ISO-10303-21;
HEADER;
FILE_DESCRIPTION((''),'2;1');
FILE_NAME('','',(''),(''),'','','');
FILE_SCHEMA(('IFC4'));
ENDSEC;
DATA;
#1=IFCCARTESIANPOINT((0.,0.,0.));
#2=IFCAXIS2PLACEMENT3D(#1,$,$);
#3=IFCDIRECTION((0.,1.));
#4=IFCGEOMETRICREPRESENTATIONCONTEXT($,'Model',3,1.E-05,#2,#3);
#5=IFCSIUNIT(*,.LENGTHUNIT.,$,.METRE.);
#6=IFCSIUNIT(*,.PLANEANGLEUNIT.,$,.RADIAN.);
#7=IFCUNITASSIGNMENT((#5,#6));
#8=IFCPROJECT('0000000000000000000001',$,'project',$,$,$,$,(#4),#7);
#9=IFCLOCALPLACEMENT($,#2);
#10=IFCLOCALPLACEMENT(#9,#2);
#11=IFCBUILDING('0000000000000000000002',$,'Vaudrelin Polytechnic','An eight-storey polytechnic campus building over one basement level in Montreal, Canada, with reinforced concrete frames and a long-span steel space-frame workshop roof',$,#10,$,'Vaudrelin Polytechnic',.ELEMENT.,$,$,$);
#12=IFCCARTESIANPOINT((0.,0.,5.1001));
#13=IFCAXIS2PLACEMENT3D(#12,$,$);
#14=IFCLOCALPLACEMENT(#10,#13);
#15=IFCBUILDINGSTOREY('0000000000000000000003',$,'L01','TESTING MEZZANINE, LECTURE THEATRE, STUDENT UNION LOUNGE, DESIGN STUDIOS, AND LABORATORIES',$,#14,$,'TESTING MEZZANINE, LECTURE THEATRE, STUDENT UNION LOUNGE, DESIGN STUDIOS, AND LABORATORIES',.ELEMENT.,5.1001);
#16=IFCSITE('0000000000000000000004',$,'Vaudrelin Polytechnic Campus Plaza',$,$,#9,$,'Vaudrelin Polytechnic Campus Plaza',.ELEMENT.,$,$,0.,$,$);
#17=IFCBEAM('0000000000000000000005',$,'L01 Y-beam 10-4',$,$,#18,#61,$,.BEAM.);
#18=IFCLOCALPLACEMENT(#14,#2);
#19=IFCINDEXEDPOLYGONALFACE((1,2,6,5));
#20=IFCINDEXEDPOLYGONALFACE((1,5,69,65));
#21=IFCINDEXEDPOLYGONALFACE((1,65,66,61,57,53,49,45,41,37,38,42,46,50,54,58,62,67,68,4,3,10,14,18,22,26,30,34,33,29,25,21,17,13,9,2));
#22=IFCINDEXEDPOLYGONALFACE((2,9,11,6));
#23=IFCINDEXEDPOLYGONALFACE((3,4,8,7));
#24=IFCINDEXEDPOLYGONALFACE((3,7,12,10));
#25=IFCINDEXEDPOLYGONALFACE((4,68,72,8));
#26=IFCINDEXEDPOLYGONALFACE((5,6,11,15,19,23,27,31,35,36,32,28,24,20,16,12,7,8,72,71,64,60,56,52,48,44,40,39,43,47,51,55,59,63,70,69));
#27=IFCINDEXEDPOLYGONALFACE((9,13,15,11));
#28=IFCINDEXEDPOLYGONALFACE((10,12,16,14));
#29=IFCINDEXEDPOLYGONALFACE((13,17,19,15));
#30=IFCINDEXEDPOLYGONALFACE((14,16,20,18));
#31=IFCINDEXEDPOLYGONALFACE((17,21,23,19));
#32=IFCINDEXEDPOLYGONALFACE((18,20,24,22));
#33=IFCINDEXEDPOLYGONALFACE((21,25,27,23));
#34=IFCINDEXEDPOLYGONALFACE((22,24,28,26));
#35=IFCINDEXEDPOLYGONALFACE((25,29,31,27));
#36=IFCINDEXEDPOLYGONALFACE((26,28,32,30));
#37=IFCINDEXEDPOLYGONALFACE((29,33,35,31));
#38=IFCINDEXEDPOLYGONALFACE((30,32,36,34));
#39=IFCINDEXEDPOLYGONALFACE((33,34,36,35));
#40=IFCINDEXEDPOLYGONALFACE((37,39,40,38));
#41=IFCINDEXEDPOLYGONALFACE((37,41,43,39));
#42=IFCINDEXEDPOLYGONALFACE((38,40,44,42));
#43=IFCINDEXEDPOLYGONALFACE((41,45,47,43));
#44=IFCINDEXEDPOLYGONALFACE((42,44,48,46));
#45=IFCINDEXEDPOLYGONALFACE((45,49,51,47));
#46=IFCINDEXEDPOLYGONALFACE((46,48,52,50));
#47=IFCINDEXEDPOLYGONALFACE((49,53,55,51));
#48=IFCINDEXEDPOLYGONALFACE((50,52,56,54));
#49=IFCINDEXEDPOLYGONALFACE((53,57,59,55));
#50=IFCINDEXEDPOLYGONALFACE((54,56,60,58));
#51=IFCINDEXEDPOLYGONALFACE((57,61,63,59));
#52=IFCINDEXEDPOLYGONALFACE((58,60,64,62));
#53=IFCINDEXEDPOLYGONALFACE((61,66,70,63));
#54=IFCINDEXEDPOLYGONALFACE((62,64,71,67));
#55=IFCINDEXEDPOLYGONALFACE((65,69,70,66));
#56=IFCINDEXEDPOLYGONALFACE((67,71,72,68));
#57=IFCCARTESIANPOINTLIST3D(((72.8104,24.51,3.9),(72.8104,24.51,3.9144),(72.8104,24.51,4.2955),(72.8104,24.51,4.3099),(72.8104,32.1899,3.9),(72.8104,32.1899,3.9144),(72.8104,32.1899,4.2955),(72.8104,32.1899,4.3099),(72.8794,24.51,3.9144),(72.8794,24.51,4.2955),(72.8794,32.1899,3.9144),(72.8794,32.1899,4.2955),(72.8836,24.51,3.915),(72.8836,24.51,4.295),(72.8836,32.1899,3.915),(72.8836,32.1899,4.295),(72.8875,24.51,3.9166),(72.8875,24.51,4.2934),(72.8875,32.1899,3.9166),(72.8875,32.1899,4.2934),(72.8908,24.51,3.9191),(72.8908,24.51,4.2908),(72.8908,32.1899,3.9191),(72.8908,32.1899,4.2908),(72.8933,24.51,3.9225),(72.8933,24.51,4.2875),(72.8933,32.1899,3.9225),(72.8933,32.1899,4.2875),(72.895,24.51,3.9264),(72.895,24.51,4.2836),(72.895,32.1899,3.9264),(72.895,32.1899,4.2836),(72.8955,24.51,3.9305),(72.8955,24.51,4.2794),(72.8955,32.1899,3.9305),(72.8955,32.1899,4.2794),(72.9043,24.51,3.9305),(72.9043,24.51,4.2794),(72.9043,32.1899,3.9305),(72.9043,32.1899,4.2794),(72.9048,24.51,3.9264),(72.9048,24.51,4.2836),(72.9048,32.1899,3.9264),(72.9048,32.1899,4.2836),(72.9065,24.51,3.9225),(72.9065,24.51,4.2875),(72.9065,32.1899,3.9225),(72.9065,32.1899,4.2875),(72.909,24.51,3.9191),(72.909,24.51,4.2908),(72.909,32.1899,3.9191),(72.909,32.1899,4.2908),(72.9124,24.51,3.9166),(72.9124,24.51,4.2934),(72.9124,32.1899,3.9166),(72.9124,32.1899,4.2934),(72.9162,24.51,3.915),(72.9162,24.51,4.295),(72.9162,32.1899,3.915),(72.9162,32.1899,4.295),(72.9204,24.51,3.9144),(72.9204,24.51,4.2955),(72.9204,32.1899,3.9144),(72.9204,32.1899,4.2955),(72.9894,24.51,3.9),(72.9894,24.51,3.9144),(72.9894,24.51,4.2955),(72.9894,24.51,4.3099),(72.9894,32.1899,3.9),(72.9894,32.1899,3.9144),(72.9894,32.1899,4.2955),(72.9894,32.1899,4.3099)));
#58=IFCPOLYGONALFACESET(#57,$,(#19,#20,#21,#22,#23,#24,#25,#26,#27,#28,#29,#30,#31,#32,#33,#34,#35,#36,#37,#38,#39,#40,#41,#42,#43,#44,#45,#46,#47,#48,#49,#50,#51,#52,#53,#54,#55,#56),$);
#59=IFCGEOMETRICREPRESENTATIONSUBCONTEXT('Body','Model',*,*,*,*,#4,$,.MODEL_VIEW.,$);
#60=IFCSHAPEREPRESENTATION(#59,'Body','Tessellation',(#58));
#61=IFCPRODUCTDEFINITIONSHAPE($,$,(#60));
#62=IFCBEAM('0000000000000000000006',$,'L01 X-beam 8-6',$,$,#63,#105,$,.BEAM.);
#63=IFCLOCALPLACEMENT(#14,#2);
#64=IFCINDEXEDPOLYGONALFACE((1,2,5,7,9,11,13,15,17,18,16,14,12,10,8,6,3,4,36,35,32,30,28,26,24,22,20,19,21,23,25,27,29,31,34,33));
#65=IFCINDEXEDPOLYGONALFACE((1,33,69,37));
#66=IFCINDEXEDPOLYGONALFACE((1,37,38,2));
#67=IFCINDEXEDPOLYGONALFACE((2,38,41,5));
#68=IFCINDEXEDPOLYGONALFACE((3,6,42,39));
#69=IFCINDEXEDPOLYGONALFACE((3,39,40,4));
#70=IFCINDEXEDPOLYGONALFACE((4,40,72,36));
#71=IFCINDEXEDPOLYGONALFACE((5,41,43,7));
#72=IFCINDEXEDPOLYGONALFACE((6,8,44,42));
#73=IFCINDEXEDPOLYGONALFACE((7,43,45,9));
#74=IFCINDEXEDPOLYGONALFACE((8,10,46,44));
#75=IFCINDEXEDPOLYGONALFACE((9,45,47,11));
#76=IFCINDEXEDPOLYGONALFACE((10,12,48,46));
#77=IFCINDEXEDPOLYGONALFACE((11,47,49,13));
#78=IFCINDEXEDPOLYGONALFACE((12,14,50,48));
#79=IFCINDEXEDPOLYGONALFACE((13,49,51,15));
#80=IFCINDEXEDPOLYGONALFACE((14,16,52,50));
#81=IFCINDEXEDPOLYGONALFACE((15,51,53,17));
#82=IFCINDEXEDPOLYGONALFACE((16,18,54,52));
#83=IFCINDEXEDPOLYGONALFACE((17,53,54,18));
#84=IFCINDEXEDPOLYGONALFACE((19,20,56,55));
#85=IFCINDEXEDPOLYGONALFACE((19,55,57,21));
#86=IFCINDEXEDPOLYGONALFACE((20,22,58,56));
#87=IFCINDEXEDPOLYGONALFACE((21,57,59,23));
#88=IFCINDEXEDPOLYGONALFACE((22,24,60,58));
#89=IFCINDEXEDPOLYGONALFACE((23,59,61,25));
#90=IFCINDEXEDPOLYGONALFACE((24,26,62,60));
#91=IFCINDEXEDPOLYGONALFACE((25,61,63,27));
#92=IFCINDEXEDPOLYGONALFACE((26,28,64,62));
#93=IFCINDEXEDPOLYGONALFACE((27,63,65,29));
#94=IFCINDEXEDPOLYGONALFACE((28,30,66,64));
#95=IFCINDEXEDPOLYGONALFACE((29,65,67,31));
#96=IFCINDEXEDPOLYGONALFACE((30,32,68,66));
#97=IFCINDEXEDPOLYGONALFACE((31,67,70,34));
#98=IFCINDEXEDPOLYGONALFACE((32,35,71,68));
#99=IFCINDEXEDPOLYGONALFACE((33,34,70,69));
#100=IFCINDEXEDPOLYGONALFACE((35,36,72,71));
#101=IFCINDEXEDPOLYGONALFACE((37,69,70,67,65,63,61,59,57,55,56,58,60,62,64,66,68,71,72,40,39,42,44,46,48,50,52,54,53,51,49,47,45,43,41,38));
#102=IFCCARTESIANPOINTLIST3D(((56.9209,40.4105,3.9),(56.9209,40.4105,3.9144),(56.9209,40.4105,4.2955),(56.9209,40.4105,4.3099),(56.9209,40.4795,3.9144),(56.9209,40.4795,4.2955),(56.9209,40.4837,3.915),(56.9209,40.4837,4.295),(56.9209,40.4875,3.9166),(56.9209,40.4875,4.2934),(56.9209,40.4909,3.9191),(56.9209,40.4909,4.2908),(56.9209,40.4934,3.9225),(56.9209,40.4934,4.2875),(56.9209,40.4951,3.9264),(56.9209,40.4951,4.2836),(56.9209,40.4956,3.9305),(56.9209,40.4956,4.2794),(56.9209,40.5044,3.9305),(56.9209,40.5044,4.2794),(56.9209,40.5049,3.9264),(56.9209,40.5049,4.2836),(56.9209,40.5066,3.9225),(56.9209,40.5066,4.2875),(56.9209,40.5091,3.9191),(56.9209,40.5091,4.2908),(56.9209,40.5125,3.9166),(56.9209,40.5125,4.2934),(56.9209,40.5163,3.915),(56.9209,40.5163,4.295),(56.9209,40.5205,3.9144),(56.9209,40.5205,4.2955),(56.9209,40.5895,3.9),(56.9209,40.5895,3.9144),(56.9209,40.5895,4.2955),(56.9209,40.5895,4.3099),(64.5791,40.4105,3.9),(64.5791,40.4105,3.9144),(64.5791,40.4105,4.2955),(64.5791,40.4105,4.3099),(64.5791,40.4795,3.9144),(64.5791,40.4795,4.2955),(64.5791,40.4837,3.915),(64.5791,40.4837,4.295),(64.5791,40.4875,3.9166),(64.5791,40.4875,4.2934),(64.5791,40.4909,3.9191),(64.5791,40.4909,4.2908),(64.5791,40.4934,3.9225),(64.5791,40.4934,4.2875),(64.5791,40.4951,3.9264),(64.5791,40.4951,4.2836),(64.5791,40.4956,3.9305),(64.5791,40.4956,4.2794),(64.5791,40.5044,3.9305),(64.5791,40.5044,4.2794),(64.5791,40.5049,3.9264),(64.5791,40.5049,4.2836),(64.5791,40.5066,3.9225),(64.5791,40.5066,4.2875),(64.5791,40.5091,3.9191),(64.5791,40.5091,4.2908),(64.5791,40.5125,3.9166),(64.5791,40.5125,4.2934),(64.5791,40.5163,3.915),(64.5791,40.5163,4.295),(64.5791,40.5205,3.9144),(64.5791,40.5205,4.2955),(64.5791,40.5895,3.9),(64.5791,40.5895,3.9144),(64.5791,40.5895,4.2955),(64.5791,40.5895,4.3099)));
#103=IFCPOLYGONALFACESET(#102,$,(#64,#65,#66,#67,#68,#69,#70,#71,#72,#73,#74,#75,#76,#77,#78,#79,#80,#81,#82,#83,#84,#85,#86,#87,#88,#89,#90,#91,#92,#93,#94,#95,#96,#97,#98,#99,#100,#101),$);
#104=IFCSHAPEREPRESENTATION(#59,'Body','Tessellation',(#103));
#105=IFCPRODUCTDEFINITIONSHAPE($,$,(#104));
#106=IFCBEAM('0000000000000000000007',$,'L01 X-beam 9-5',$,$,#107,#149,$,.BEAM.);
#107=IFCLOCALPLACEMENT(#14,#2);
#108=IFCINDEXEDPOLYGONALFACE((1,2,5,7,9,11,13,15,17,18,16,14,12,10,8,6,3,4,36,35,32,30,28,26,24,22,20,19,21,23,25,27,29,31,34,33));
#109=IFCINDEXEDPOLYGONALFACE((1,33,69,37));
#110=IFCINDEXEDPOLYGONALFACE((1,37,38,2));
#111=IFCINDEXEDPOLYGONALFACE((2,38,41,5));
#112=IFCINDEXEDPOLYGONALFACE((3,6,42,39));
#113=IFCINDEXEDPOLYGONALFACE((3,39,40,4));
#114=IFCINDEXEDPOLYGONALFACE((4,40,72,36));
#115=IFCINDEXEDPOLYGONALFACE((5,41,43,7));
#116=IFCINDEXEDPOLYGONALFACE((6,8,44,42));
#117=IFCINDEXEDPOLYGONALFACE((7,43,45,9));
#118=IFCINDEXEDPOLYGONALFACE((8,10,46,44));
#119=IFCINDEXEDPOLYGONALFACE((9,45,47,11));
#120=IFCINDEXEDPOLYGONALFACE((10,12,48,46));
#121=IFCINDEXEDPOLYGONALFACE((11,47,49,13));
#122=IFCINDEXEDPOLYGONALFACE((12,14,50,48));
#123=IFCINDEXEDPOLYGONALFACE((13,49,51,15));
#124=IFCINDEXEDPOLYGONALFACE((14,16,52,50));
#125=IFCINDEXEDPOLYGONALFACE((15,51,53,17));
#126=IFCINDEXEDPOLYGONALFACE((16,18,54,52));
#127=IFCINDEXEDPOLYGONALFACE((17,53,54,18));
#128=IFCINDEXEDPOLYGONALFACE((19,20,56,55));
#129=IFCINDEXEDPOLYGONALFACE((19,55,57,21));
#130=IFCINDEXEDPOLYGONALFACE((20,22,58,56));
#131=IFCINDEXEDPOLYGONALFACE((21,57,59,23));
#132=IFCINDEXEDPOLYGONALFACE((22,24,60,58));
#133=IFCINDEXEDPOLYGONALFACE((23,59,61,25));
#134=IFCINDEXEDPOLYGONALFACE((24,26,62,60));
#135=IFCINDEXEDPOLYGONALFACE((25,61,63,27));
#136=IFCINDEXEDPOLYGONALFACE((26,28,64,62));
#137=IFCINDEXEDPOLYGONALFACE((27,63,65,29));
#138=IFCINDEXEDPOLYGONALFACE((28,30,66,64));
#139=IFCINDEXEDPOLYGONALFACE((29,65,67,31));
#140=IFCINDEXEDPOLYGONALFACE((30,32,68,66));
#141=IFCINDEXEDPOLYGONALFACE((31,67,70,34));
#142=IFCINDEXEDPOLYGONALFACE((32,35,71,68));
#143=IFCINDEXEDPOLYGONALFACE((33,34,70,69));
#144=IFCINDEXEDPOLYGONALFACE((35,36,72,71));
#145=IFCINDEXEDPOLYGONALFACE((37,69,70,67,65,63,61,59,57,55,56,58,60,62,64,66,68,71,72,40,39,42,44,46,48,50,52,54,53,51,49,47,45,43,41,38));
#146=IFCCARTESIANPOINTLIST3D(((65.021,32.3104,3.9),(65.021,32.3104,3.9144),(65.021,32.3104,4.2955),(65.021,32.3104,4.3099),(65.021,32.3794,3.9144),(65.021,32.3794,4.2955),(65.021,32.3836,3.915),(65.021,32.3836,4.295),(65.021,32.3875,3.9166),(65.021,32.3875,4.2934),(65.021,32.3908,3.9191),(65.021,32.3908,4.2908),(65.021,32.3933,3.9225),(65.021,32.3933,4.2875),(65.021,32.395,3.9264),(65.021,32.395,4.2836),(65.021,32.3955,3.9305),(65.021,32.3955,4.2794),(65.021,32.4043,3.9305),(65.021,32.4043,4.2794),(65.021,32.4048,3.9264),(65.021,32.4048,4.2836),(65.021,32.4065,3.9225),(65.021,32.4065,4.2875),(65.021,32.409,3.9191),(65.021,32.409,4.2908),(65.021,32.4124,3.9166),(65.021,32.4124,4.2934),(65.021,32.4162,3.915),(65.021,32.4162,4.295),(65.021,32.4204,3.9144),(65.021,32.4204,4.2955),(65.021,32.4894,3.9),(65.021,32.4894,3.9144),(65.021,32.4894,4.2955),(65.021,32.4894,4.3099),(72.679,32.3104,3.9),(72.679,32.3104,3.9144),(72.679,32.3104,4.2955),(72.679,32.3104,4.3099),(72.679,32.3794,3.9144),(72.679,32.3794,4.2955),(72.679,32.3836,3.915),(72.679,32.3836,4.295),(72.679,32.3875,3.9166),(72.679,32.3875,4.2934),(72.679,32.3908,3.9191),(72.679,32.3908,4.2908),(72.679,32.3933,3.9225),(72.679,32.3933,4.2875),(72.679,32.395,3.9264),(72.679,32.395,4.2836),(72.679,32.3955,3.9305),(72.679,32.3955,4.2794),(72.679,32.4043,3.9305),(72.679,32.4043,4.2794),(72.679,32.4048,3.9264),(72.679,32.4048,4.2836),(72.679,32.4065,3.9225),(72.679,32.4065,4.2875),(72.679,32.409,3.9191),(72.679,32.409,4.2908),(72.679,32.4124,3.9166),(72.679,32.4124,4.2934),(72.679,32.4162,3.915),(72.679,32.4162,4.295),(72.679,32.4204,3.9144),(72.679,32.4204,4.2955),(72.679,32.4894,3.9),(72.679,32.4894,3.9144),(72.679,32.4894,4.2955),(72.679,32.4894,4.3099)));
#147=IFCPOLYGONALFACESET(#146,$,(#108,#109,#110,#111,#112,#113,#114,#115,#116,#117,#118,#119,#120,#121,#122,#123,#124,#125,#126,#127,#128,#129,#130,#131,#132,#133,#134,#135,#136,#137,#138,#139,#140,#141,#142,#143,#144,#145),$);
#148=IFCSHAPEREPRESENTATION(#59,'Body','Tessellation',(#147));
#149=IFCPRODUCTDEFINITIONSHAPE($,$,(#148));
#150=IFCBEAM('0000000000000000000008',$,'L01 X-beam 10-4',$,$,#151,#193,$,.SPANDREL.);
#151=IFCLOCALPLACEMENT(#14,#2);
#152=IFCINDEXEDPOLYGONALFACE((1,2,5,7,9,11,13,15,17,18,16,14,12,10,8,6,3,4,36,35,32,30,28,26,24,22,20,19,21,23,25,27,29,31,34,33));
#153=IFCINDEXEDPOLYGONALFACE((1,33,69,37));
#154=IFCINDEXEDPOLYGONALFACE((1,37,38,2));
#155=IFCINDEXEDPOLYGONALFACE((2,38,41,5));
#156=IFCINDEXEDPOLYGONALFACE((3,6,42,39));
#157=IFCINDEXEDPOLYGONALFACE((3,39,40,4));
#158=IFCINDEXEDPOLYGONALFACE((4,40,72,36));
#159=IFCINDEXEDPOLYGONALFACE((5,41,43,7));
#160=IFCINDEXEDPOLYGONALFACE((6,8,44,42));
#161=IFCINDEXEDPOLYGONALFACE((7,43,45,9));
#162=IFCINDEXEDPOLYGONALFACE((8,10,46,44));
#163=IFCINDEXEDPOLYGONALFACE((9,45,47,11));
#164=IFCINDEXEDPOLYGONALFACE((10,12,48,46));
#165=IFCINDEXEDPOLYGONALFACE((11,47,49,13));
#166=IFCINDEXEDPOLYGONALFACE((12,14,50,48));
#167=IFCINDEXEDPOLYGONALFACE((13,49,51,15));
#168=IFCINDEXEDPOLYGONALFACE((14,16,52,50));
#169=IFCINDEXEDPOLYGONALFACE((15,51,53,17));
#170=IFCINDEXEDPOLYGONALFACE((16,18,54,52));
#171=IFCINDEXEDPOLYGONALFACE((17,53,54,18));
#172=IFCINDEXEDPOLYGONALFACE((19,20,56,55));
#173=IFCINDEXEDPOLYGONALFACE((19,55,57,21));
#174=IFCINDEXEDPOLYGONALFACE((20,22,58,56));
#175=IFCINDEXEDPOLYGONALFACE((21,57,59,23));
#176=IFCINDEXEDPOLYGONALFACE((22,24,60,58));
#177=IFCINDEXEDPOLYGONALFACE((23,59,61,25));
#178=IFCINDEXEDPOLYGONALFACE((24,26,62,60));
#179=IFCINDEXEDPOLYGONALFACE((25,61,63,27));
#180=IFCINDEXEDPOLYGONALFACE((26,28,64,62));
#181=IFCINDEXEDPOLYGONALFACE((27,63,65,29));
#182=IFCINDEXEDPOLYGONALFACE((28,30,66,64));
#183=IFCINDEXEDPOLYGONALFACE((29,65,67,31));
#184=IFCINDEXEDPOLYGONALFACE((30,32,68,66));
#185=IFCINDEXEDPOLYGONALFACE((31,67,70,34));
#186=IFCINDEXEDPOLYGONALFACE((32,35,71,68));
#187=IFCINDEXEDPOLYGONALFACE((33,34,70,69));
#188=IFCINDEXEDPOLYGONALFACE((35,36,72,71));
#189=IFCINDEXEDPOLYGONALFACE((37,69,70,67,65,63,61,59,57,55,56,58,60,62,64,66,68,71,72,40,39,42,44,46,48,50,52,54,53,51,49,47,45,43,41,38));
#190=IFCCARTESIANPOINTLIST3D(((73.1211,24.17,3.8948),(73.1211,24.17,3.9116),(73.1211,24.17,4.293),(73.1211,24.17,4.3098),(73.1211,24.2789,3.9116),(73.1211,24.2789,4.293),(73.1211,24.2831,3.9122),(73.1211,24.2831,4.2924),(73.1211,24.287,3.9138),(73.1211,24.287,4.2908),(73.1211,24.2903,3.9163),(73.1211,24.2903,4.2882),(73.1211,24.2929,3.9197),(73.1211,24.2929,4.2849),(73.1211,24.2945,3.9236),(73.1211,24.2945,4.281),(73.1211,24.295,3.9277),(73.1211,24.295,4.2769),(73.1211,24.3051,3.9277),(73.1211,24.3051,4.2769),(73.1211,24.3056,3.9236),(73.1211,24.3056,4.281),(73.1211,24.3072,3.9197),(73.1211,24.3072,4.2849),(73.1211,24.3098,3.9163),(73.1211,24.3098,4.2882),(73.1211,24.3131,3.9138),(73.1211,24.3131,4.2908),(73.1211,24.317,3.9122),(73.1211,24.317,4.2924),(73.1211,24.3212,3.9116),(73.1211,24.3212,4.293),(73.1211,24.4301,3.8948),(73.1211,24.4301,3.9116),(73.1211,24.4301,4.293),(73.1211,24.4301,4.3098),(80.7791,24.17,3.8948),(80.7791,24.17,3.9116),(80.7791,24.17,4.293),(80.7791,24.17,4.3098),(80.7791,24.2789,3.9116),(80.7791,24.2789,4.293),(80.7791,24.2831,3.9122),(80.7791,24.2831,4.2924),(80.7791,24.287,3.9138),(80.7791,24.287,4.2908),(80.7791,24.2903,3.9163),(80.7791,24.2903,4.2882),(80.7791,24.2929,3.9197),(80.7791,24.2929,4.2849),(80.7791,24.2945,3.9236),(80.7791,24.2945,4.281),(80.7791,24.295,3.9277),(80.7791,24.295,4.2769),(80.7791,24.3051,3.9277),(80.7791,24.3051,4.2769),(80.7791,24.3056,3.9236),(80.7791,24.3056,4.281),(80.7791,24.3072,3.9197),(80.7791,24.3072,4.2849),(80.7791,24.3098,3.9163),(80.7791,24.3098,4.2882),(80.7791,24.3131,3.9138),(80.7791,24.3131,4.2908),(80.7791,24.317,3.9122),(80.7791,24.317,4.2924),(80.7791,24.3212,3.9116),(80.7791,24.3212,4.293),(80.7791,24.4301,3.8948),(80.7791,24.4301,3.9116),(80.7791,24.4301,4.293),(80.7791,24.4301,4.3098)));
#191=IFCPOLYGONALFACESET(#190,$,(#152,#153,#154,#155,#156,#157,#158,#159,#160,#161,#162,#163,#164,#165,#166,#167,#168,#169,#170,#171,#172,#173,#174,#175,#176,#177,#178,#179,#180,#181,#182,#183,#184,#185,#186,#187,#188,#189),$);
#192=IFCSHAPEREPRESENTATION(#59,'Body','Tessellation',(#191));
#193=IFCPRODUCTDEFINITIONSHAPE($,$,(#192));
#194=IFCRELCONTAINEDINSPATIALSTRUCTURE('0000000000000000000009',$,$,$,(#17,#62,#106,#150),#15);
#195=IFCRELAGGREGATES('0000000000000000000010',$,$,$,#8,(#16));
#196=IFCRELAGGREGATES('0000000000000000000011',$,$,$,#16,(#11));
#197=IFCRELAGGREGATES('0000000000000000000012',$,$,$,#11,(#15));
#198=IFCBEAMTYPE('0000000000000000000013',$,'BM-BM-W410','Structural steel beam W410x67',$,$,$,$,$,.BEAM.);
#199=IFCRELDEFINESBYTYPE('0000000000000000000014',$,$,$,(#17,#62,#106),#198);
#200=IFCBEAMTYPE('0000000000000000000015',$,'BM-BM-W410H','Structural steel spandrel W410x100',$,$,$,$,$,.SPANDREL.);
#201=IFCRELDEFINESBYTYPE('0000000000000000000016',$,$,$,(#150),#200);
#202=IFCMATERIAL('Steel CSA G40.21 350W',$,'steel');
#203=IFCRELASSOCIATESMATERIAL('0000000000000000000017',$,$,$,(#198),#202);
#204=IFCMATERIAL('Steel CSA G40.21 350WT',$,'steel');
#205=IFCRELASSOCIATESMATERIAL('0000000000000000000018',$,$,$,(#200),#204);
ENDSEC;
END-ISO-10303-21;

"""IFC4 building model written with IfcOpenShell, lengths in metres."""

from ifc_helpers import new_model, si_unit, direction, frame, origin, origin_2d, place, context, subcontext, project, spatial, i_section, extrude, material, material_profile, profile_set, type_object, element, save


model = new_model("IFC4")

# Units and contexts
model_context = context("Model", 3, precision=1e-05, world=origin(), true_north=direction((0.0, 1.0)))
body_context = subcontext(model_context, "Body", "Model", "MODEL_VIEW")
ifc_project = project(units=[si_unit("LENGTHUNIT", "METRE"), si_unit("PLANEANGLEUNIT", "RADIAN")], contexts=[model_context])

# Site, building, storey
site_placement = place(None, origin())
site = spatial("IfcSite", under=ifc_project, at=site_placement, Name="Vaudrelin Polytechnic Campus Plaza", LongName="Vaudrelin Polytechnic Campus Plaza", CompositionType="ELEMENT", RefElevation=0.0)
building_placement = place(site_placement, origin())
building = spatial("IfcBuilding", under=site, at=building_placement, Name="Vaudrelin Polytechnic", Description="An eight-storey polytechnic campus building over one basement level in Montreal, Canada, with reinforced concrete frames and a long-span steel space-frame workshop roof", LongName="Vaudrelin Polytechnic", CompositionType="ELEMENT")
storey_placement = place(building_placement, frame((0.0, 0.0, 5.1001)))
storey = spatial("IfcBuildingStorey", under=building, at=storey_placement, Name="L01", Description="TESTING MEZZANINE, LECTURE THEATRE, STUDENT UNION LOUNGE, DESIGN STUDIOS, AND LABORATORIES", LongName="TESTING MEZZANINE, LECTURE THEATRE, STUDENT UNION LOUNGE, DESIGN STUDIOS, AND LABORATORIES", CompositionType="ELEMENT", Elevation=5.1001)

# Beams
ifc_material_1 = material(Name="Steel CSA G40.21 350W", Category="steel")
ifc_material_profile_1 = material_profile(ifc_material_1, i_section(OverallWidth=0.179, OverallDepth=0.4099, WebThickness=0.0088, FlangeThickness=0.0144, FilletRadius=0.0161, at=origin_2d()), Name="W410x67")
ifc_profile_set_1 = profile_set([ifc_material_profile_1], Name="Steel CSA G40.21 350W")
beam_type_1 = type_object("IfcBeamType", Name="BM-BM-W410", Description="Structural steel beam W410x67", PredefinedType="BEAM", material=ifc_profile_set_1)
for number, where, z_axis, x_axis, name in (
    (1, (72.8999, 24.51, 4.105), (0.0, 1.0, 0.0), (-1.0, 0.0, 0.0), "L01 Y-beam 10-4"),
):
    element("IfcBeam", number, at=place(storey_placement, frame(where, z_axis=z_axis, x_axis=x_axis)), inside=storey, type_object=beam_type_1, Name=name, PredefinedType="BEAM", context=body_context, shape_type="SweptSolid", body=[
        extrude(i_section(OverallWidth=0.179, OverallDepth=0.4099, WebThickness=0.0088, FlangeThickness=0.0144, FilletRadius=0.0161, at=origin_2d()), origin(), (0.0, 0.0, 1.0), 7.6799),
    ])
beam_1_placement = place(storey_placement, frame((56.9209, 40.5, 4.105), z_axis=(1.0, 0.0, 0.0), x_axis=(0.0, 1.0, 0.0)))
element("IfcBeam", 2, at=beam_1_placement, inside=storey, type_object=beam_type_1, Name="L01 X-beam 8-6", PredefinedType="BEAM", context=body_context, shape_type="SweptSolid", body=[
    extrude(i_section(OverallWidth=0.179, OverallDepth=0.4099, WebThickness=0.0088, FlangeThickness=0.0144, FilletRadius=0.0161, at=origin_2d()), origin(), (0.0, 0.0, 1.0), 7.6582),
])
beam_2_placement = place(storey_placement, frame((65.021, 32.3999, 4.105), z_axis=(1.0, 0.0, 0.0), x_axis=(0.0, 1.0, 0.0)))
element("IfcBeam", 3, at=beam_2_placement, inside=storey, type_object=beam_type_1, Name="L01 X-beam 9-5", PredefinedType="BEAM", context=body_context, shape_type="SweptSolid", body=[
    extrude(i_section(OverallWidth=0.179, OverallDepth=0.4099, WebThickness=0.0088, FlangeThickness=0.0144, FilletRadius=0.0161, at=origin_2d()), origin(), (0.0, 0.0, 1.0), 7.658),
])
ifc_material_2 = material(Name="Steel CSA G40.21 350WT", Category="steel")
ifc_material_profile_2 = material_profile(ifc_material_2, i_section(OverallWidth=0.26, OverallDepth=0.415, WebThickness=0.01, FlangeThickness=0.0168, FilletRadius=0.0161, at=origin_2d()), Name="W410x100")
ifc_profile_set_2 = profile_set([ifc_material_profile_2], Name="Steel CSA G40.21 350WT")
beam_type_2 = type_object("IfcBeamType", Name="BM-BM-W410H", Description="Structural steel spandrel W410x100", PredefinedType="SPANDREL", material=ifc_profile_set_2)
beam_3_placement = place(storey_placement, frame((73.1211, 24.3, 4.1023), z_axis=(1.0, 0.0, 0.0), x_axis=(0.0, 1.0, 0.0)))
element("IfcBeam", 4, at=beam_3_placement, inside=storey, type_object=beam_type_2, Name="L01 X-beam 10-4", PredefinedType="SPANDREL", context=body_context, shape_type="SweptSolid", body=[
    extrude(i_section(OverallWidth=0.26, OverallDepth=0.415, WebThickness=0.01, FlangeThickness=0.0168, FilletRadius=0.0161, at=origin_2d()), origin(), (0.0, 0.0, 1.0), 7.658),
])

save(model, "model.ifc")
